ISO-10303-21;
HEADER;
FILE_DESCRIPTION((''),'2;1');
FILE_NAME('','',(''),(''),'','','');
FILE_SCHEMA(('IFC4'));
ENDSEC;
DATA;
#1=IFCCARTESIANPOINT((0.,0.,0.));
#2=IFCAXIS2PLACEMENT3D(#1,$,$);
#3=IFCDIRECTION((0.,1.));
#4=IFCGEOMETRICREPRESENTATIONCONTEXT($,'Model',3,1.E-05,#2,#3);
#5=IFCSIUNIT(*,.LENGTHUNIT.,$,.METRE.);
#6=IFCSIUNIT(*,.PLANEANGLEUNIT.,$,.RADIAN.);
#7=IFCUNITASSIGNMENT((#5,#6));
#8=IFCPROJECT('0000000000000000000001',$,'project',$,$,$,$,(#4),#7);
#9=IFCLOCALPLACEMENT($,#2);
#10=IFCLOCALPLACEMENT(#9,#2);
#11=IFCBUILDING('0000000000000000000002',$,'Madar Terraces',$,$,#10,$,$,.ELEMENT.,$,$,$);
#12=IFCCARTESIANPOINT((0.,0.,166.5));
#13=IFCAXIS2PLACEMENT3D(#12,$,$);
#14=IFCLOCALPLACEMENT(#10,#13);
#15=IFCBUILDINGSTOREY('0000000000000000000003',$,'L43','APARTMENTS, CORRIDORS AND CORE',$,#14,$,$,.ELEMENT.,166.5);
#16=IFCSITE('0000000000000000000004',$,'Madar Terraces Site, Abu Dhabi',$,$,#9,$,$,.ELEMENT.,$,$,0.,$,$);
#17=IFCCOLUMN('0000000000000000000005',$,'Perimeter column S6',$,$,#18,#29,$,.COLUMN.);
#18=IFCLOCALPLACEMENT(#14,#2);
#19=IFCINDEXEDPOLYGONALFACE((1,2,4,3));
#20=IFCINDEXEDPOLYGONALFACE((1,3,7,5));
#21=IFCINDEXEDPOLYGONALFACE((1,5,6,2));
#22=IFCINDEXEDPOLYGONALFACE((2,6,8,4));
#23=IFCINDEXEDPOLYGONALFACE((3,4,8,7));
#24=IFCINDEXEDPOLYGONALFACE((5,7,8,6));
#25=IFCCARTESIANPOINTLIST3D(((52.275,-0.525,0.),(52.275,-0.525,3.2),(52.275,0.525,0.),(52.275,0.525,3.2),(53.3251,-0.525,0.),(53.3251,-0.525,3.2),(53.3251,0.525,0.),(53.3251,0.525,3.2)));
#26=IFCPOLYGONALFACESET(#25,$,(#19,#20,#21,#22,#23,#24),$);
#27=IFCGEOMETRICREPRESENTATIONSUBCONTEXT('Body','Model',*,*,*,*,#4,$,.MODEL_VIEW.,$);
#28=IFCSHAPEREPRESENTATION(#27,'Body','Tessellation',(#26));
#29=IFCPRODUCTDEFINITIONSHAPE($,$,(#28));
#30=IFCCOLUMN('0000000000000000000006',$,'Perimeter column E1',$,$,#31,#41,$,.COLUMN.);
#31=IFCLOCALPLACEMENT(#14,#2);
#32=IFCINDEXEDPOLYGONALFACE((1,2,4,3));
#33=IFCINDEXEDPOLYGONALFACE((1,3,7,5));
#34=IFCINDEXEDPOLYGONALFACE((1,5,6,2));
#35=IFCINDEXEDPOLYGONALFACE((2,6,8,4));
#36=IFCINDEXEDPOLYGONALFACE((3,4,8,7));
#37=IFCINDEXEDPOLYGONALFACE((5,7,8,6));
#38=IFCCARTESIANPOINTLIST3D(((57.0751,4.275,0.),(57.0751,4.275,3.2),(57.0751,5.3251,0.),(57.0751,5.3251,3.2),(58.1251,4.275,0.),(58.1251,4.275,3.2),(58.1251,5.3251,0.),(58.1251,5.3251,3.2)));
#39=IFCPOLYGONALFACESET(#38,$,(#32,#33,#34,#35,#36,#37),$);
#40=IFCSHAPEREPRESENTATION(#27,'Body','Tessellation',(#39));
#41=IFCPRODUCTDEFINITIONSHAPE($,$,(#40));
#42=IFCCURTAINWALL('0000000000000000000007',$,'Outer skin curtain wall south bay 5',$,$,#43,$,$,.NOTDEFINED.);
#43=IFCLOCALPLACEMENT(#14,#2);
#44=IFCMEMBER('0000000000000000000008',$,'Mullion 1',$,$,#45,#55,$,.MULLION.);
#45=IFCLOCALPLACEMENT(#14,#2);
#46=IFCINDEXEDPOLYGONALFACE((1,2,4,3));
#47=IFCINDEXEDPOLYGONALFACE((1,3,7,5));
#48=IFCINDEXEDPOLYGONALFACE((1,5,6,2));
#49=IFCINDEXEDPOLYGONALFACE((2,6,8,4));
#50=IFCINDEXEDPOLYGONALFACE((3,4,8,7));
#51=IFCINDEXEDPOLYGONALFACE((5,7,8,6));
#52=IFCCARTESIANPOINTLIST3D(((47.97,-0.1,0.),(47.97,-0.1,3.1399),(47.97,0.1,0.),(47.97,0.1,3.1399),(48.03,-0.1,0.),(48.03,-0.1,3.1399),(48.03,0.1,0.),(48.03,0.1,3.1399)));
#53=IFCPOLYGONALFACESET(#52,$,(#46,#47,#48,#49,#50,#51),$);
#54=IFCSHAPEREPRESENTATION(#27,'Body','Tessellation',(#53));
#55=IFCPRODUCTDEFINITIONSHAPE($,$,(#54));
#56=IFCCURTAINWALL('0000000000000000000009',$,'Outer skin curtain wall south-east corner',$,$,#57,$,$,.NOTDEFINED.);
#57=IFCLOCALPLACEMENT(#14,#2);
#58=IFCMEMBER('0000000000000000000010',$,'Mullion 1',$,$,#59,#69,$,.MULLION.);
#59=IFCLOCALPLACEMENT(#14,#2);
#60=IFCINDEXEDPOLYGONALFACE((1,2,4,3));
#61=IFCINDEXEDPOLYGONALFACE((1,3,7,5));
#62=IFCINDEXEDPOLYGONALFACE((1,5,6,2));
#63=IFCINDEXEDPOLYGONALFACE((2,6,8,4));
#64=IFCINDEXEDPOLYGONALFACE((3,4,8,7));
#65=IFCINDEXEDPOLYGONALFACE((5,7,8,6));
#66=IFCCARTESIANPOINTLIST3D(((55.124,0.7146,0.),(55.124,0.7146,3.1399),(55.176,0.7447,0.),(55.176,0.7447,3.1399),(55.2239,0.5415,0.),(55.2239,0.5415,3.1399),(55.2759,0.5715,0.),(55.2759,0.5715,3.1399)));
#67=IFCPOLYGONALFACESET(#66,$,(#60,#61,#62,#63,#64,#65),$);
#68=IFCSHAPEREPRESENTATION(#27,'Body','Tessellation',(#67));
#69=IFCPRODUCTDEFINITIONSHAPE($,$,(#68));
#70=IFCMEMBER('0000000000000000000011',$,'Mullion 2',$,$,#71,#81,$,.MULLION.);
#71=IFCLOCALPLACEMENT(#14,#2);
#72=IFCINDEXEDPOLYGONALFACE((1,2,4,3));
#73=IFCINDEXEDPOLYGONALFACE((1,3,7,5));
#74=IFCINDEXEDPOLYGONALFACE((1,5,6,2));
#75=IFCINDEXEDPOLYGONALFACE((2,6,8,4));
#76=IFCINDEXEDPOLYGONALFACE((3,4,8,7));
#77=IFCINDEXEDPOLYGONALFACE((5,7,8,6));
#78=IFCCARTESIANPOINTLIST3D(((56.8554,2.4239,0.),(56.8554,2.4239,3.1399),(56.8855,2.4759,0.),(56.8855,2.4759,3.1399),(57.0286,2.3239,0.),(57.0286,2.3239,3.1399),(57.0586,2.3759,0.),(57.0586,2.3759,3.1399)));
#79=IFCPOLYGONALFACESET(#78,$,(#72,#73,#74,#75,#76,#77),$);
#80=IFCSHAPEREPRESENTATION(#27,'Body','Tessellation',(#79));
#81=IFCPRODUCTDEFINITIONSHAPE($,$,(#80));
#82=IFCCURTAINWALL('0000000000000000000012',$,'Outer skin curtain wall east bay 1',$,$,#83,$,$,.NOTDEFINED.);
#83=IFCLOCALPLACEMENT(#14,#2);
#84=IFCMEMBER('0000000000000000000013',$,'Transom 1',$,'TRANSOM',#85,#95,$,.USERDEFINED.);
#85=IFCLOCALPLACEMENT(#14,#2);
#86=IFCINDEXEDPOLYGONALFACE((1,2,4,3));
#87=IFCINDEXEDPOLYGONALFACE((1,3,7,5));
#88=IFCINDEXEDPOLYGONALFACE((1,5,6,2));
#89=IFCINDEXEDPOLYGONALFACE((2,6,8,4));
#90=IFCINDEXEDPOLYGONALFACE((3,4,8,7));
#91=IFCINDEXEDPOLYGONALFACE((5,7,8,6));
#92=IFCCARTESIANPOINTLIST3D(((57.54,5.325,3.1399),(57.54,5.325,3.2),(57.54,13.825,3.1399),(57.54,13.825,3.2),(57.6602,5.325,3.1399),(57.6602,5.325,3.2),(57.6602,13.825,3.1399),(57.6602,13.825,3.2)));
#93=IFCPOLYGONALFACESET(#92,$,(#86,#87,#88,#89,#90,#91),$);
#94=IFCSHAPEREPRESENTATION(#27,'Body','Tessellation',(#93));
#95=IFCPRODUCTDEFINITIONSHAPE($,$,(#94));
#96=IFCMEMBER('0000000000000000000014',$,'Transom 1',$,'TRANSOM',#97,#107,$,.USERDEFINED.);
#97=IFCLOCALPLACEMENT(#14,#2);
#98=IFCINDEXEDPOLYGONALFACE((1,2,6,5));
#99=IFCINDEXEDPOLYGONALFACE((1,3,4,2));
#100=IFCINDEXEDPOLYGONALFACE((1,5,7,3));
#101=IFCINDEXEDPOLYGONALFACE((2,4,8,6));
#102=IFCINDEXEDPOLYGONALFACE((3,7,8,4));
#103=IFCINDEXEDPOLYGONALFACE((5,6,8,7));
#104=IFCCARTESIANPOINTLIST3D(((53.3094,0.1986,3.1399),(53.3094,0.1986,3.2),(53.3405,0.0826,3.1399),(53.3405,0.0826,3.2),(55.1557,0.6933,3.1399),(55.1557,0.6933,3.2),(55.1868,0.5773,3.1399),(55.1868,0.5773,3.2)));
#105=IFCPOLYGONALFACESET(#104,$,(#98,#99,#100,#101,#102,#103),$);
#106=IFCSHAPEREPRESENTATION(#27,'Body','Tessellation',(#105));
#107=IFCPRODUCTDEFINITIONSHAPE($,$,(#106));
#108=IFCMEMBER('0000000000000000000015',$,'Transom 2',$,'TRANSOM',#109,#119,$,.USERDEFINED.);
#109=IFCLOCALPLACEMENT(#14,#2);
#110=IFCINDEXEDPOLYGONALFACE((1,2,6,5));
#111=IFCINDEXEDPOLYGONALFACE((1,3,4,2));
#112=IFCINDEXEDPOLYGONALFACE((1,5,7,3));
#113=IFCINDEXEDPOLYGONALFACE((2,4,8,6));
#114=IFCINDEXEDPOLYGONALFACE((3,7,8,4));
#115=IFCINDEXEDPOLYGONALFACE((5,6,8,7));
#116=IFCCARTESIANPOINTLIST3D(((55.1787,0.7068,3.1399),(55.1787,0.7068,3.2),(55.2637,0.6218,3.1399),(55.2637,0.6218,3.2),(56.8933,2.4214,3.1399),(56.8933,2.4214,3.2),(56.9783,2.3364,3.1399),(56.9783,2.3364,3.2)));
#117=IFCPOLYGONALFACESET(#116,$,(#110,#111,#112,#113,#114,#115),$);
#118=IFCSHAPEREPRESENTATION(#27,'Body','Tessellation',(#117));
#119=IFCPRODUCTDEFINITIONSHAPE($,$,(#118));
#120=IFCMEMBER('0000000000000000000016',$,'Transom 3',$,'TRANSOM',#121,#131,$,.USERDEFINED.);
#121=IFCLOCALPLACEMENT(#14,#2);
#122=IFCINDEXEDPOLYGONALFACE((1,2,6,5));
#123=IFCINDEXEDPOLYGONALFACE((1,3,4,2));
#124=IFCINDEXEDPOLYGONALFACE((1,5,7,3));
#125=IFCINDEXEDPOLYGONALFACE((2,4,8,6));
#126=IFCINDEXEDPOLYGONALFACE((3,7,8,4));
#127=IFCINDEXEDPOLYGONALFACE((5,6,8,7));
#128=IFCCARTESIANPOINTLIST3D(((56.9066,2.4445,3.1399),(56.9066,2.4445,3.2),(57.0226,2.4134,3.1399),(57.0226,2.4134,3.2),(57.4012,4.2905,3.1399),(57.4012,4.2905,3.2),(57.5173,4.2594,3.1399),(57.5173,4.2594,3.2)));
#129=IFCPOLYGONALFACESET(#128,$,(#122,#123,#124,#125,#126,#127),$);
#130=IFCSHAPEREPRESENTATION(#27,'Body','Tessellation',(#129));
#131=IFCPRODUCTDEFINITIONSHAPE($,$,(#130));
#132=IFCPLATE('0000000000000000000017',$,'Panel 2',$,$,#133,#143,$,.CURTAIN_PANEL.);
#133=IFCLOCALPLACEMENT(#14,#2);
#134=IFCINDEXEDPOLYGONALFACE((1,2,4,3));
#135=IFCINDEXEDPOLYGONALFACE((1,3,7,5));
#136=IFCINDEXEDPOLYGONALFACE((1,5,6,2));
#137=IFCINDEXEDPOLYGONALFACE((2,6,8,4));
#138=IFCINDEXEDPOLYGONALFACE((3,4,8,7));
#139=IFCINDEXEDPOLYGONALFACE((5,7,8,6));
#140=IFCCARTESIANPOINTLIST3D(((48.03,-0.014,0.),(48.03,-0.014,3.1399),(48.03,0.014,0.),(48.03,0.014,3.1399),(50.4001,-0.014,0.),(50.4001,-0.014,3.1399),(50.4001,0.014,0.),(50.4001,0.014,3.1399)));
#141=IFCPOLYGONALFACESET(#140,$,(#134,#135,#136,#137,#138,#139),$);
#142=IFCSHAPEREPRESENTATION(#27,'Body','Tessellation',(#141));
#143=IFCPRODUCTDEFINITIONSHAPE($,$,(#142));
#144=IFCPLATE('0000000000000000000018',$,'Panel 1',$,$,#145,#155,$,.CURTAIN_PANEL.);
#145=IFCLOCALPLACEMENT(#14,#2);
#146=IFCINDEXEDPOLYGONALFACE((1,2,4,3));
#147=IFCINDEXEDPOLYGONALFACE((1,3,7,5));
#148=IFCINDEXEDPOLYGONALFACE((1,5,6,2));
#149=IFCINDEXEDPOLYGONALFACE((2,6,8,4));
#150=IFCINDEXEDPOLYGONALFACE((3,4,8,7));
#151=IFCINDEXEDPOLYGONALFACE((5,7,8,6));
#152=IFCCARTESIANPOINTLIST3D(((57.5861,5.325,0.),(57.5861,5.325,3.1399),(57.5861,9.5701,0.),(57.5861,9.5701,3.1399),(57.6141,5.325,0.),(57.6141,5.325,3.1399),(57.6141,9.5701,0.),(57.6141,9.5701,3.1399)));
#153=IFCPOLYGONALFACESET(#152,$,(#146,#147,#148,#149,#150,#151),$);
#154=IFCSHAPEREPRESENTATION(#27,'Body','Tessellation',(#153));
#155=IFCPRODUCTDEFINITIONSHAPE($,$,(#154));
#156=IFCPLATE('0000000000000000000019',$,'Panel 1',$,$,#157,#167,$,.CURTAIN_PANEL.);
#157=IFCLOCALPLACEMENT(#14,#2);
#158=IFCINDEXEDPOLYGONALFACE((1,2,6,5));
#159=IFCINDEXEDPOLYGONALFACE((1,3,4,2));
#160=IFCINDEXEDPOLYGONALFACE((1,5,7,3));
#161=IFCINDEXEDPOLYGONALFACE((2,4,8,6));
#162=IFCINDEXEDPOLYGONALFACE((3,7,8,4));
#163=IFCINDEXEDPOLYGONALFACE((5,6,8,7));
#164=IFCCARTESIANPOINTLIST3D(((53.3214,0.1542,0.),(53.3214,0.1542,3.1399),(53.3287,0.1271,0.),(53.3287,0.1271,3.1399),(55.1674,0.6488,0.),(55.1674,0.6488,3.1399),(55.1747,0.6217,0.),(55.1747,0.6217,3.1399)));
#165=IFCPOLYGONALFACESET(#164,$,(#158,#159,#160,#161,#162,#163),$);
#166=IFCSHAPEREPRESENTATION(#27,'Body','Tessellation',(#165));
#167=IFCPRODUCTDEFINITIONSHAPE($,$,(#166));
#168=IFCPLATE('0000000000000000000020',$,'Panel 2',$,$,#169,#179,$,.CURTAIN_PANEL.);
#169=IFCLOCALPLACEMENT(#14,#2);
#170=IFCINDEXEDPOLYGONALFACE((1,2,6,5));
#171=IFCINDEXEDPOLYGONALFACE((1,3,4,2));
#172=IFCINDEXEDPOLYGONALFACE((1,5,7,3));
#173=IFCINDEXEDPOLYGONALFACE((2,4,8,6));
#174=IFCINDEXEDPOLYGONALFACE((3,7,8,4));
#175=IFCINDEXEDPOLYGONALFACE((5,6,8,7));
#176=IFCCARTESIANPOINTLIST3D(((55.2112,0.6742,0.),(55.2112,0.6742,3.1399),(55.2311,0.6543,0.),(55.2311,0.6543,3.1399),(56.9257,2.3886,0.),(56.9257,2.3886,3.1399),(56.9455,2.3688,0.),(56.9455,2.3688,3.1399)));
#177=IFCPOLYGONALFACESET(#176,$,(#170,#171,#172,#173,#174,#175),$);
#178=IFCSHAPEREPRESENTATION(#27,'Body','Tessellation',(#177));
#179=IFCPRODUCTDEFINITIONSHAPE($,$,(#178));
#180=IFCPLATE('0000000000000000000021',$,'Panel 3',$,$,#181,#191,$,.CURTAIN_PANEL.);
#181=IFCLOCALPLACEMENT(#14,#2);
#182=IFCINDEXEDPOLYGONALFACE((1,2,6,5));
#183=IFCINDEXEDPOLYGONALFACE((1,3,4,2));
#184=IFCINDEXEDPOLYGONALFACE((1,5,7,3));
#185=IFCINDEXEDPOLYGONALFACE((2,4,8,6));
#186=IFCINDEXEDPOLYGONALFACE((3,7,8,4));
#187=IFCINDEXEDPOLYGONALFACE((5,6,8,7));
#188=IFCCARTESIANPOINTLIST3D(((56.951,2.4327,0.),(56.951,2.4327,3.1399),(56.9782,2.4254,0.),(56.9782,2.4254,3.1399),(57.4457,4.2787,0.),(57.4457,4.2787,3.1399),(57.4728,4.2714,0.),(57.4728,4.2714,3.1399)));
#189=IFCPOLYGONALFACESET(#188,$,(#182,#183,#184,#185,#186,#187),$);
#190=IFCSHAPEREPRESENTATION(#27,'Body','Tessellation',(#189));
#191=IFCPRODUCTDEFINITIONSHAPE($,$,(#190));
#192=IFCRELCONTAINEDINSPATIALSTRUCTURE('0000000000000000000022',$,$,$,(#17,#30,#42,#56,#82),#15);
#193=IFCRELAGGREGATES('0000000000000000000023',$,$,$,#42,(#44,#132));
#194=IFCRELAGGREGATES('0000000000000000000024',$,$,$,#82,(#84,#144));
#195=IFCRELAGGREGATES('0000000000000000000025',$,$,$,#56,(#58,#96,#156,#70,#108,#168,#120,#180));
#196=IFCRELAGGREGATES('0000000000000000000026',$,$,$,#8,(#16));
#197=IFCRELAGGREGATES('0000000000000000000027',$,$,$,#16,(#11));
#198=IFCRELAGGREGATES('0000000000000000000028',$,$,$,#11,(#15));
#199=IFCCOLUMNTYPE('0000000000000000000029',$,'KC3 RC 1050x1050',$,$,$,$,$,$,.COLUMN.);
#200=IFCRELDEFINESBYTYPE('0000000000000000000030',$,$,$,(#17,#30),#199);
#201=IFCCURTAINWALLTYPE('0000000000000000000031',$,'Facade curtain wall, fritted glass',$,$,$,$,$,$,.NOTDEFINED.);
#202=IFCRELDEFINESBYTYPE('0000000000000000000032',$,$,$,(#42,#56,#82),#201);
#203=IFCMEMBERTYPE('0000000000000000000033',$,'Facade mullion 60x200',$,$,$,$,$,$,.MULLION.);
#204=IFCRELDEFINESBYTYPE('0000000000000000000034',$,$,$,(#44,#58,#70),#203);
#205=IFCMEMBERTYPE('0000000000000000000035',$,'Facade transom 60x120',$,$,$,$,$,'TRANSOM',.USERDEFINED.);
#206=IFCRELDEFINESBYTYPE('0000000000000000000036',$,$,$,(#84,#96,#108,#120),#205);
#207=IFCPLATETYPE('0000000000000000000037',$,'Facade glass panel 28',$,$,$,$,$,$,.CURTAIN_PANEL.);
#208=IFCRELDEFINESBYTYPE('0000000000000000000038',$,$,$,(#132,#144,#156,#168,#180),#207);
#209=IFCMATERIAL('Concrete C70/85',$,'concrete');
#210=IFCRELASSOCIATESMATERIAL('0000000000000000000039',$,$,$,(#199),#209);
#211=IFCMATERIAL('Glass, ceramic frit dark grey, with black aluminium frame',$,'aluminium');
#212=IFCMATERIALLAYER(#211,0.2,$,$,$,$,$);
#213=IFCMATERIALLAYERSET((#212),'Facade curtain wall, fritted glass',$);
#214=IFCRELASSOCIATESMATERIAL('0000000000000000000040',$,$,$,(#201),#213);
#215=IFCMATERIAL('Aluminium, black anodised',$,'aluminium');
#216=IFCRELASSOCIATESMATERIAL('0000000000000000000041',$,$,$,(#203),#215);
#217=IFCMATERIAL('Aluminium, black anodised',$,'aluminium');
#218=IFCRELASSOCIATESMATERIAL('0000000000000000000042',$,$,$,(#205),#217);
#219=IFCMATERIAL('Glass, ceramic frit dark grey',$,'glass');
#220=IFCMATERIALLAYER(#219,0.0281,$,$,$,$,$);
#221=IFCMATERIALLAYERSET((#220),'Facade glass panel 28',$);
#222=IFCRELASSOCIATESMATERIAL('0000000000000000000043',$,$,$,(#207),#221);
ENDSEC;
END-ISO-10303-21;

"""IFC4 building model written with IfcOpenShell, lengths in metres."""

from ifc_helpers import new_model, si_unit, direction, frame, origin, origin_2d, place, context, subcontext, project, spatial, rectangle, extrude, material, layer, layer_set, material_profile, profile_set, type_object, element, aggregate, save


model = new_model("IFC4")

# Units and contexts
model_context = context("Model", 3, precision=1e-05, world=origin(), true_north=direction((0.0, 1.0)))
body_context = subcontext(model_context, "Body", "Model", "MODEL_VIEW")
ifc_project = project(units=[si_unit("LENGTHUNIT", "METRE"), si_unit("PLANEANGLEUNIT", "RADIAN")], contexts=[model_context])

# Site, building, storey
site_placement = place(None, origin())
site = spatial("IfcSite", under=ifc_project, at=site_placement, Name="Madar Terraces Site, Abu Dhabi", CompositionType="ELEMENT", RefElevation=0.0)
building_placement = place(site_placement, origin())
building = spatial("IfcBuilding", under=site, at=building_placement, Name="Madar Terraces", CompositionType="ELEMENT")
storey_placement = place(building_placement, frame((0.0, 0.0, 166.5)))
storey = spatial("IfcBuildingStorey", under=building, at=storey_placement, Name="L43", Description="APARTMENTS, CORRIDORS AND CORE", CompositionType="ELEMENT", Elevation=166.5)

# Columns
ifc_material_1 = material(Name="Concrete C70/85", Category="concrete")
ifc_material_profile_1 = material_profile(ifc_material_1, rectangle(XDim=1.05, YDim=1.05, at=origin_2d()), Name="KC3 RC 1050x1050")
ifc_profile_set_1 = profile_set([ifc_material_profile_1], Name="Concrete C70/85")
column_type = type_object("IfcColumnType", Name="KC3 RC 1050x1050", PredefinedType="COLUMN", material=ifc_profile_set_1)
for number, where, z_axis, x_axis, name in (
    (1, (52.8, 0.0, 0.0), (0.0, 0.0, 1.0), (1.0, 0.0, 0.0), "Perimeter column S6"),
    (2, (57.6001, 4.8, 0.0), (0.0, 0.0, 1.0), (1.0, 0.0, 0.0), "Perimeter column E1"),
):
    element("IfcColumn", number, at=place(storey_placement, frame(where, z_axis=z_axis, x_axis=x_axis)), inside=storey, type_object=column_type, Name=name, PredefinedType="COLUMN", context=body_context, shape_type="SweptSolid", body=[
        extrude(rectangle(XDim=1.05, YDim=1.05, at=origin_2d()), origin(), (0.0, 0.0, 1.0), 3.2),
    ])

# Curtain wall, member
ifc_material_2 = material(Name="Glass, ceramic frit dark grey, with black aluminium frame", Category="aluminium")
ifc_layer_1 = layer(ifc_material_2, 0.2)
ifc_layer_set_1 = layer_set([ifc_layer_1], Name="Facade curtain wall, fritted glass")
curtain_wall_type = type_object("IfcCurtainWallType", Name="Facade curtain wall, fritted glass", PredefinedType="NOTDEFINED", material=ifc_layer_set_1)
curtain_wall_1_placement = place(storey_placement, origin())
curtain_wall_1 = element("IfcCurtainWall", 3, at=curtain_wall_1_placement, inside=storey, type_object=curtain_wall_type, Name="Outer skin curtain wall south bay 5", PredefinedType="NOTDEFINED")
ifc_material_3 = material(Name="Aluminium, black anodised", Category="aluminium")
ifc_material_profile_2 = material_profile(ifc_material_3, rectangle(XDim=0.2, YDim=0.0601, at=origin_2d()), Name="Facade mullion 60x200")
ifc_profile_set_2 = profile_set([ifc_material_profile_2], Name="Aluminium, black anodised")
member_type_1 = type_object("IfcMemberType", Name="Facade mullion 60x200", PredefinedType="MULLION", material=ifc_profile_set_2)
member_1_placement = place(storey_placement, frame((48.0, 0.0, 0.0), z_axis=(0.0, 0.0, 1.0), x_axis=(0.0, 1.0, 0.0)))
member_1 = element("IfcMember", 4, at=member_1_placement, type_object=member_type_1, Name="Mullion 1", PredefinedType="MULLION", context=body_context, shape_type="SweptSolid", body=[
    extrude(rectangle(XDim=0.2, YDim=0.0601, at=origin_2d()), origin(), (0.0, 0.0, 1.0), 3.1399),
])

# Curtain wall, members
curtain_wall_2_placement = place(storey_placement, origin())
curtain_wall_2 = element("IfcCurtainWall", 5, at=curtain_wall_2_placement, inside=storey, type_object=curtain_wall_type, Name="Outer skin curtain wall south-east corner", PredefinedType="NOTDEFINED")
member_2_placement = place(storey_placement, frame((55.2, 0.6431, 0.0), z_axis=(0.0, 0.0, 1.0), x_axis=(-0.5, 0.866025, 0.0)))
member_2 = element("IfcMember", 6, at=member_2_placement, type_object=member_type_1, Name="Mullion 1", PredefinedType="MULLION", context=body_context, shape_type="SweptSolid", body=[
    extrude(rectangle(XDim=0.2, YDim=0.0601, at=origin_2d()), origin(), (0.0, 0.0, 1.0), 3.1399),
])
member_3_placement = place(storey_placement, frame((56.957, 2.3999, 0.0), z_axis=(0.0, 0.0, 1.0), x_axis=(-0.866025, 0.5, 0.0)))
member_3 = element("IfcMember", 7, at=member_3_placement, type_object=member_type_1, Name="Mullion 2", PredefinedType="MULLION", context=body_context, shape_type="SweptSolid", body=[
    extrude(rectangle(XDim=0.2, YDim=0.0601, at=origin_2d()), origin(), (0.0, 0.0, 1.0), 3.1399),
])

# Curtain wall, member
curtain_wall_3_placement = place(storey_placement, origin())
curtain_wall_3 = element("IfcCurtainWall", 8, at=curtain_wall_3_placement, inside=storey, type_object=curtain_wall_type, Name="Outer skin curtain wall east bay 1", PredefinedType="NOTDEFINED")
ifc_material_4 = material(Name="Aluminium, black anodised", Category="aluminium")
ifc_material_profile_3 = material_profile(ifc_material_4, rectangle(XDim=0.1201, YDim=0.0601, at=origin_2d()), Name="Facade transom 60x120")
ifc_profile_set_3 = profile_set([ifc_material_profile_3], Name="Aluminium, black anodised")
member_type_2 = type_object("IfcMemberType", Name="Facade transom 60x120", ElementType="TRANSOM", PredefinedType="USERDEFINED", material=ifc_profile_set_3)
member_4_placement = place(storey_placement, frame((57.6001, 5.325, 3.1699), z_axis=(0.0, 1.0, 0.0), x_axis=(-1.0, 0.0, 0.0)))
member_4 = element("IfcMember", 9, at=member_4_placement, type_object=member_type_2, Name="Transom 1", ObjectType="TRANSOM", PredefinedType="USERDEFINED", context=body_context, shape_type="SweptSolid", body=[
    extrude(rectangle(XDim=0.1201, YDim=0.0601, at=origin_2d()), origin(), (0.0, 0.0, 1.0), 8.5),
])

# Members
member_5_placement = place(storey_placement, frame((53.325, 0.1406, 3.1699), z_axis=(0.965933, 0.258791, 0.0), x_axis=(-0.258791, 0.965933, 0.0)))
member_5 = element("IfcMember", 10, at=member_5_placement, type_object=member_type_2, Name="Transom 1", ObjectType="TRANSOM", PredefinedType="USERDEFINED", context=body_context, shape_type="SweptSolid", body=[
    extrude(rectangle(XDim=0.1201, YDim=0.0601, at=origin_2d()), origin(), (0.0, 0.0, 1.0), 1.9114),
])
member_6_placement = place(storey_placement, frame((55.2212, 0.6643, 3.1699), z_axis=(0.707107, 0.707107, 0.0), x_axis=(-0.707107, 0.707107, 0.0)))
member_6 = element("IfcMember", 11, at=member_6_placement, type_object=member_type_2, Name="Transom 2", ObjectType="TRANSOM", PredefinedType="USERDEFINED", context=body_context, shape_type="SweptSolid", body=[
    extrude(rectangle(XDim=0.1201, YDim=0.0601, at=origin_2d()), origin(), (0.0, 0.0, 1.0), 2.4248),
])
member_7_placement = place(storey_placement, frame((56.9646, 2.429, 3.1699), z_axis=(0.258823, 0.965925, 0.0), x_axis=(-0.965925, 0.258823, 0.0)))
member_7 = element("IfcMember", 12, at=member_7_placement, type_object=member_type_2, Name="Transom 3", ObjectType="TRANSOM", PredefinedType="USERDEFINED", context=body_context, shape_type="SweptSolid", body=[
    extrude(rectangle(XDim=0.1201, YDim=0.0601, at=origin_2d()), origin(), (0.0, 0.0, 1.0), 1.9111),
])

# Plates
ifc_material_5 = material(Name="Glass, ceramic frit dark grey", Category="glass")
ifc_layer_2 = layer(ifc_material_5, 0.0281)
ifc_layer_set_2 = layer_set([ifc_layer_2], Name="Facade glass panel 28")
plate_type = type_object("IfcPlateType", Name="Facade glass panel 28", PredefinedType="CURTAIN_PANEL", material=ifc_layer_set_2)
plate_1_placement = place(storey_placement, frame((49.2151, 0.0, 0.0), z_axis=(0.0, 0.0, 1.0), x_axis=(1.0, 0.0, 0.0)))
plate_1 = element("IfcPlate", 13, at=plate_1_placement, type_object=plate_type, Name="Panel 2", PredefinedType="CURTAIN_PANEL", context=body_context, shape_type="SweptSolid", body=[
    extrude(rectangle(XDim=2.3701, YDim=0.0281, at=origin_2d()), origin(), (0.0, 0.0, 1.0), 3.1399),
])
aggregate(curtain_wall_1, [member_1, plate_1])
plate_2_placement = place(storey_placement, frame((57.6001, 7.4475, 0.0), z_axis=(0.0, 0.0, 1.0), x_axis=(0.0, 1.0, 0.0)))
plate_2 = element("IfcPlate", 14, at=plate_2_placement, type_object=plate_type, Name="Panel 1", PredefinedType="CURTAIN_PANEL", context=body_context, shape_type="SweptSolid", body=[
    extrude(rectangle(XDim=4.2451, YDim=0.0281, at=origin_2d()), origin(), (0.0, 0.0, 1.0), 3.1399),
])
aggregate(curtain_wall_3, [member_4, plate_2])
plate_3_placement = place(storey_placement, frame((54.248, 0.3879, 0.0), z_axis=(0.0, 0.0, 1.0), x_axis=(0.965926, 0.258819, 0.0)))
plate_3 = element("IfcPlate", 15, at=plate_3_placement, type_object=plate_type, Name="Panel 1", PredefinedType="CURTAIN_PANEL", context=body_context, shape_type="SweptSolid", body=[
    extrude(rectangle(XDim=1.9111, YDim=0.0281, at=origin_2d()), origin(), (0.0, 0.0, 1.0), 3.1399),
])
plate_4_placement = place(storey_placement, frame((56.0784, 1.5215, 0.0), z_axis=(0.0, 0.0, 1.0), x_axis=(0.707107, 0.707107, 0.0)))
plate_4 = element("IfcPlate", 16, at=plate_4_placement, type_object=plate_type, Name="Panel 2", PredefinedType="CURTAIN_PANEL", context=body_context, shape_type="SweptSolid", body=[
    extrude(rectangle(XDim=2.4246, YDim=0.0281, at=origin_2d()), origin(), (0.0, 0.0, 1.0), 3.1399),
])
plate_5_placement = place(storey_placement, frame((57.2119, 3.3521, 0.0), z_axis=(0.0, 0.0, 1.0), x_axis=(0.258819, 0.965926, 0.0)))
plate_5 = element("IfcPlate", 17, at=plate_5_placement, type_object=plate_type, Name="Panel 3", PredefinedType="CURTAIN_PANEL", context=body_context, shape_type="SweptSolid", body=[
    extrude(rectangle(XDim=1.9111, YDim=0.0281, at=origin_2d()), origin(), (0.0, 0.0, 1.0), 3.1399),
])
aggregate(curtain_wall_2, [member_2, member_5, plate_3, member_3, member_6, plate_4, member_7, plate_5])

save(model, "model.ifc")
